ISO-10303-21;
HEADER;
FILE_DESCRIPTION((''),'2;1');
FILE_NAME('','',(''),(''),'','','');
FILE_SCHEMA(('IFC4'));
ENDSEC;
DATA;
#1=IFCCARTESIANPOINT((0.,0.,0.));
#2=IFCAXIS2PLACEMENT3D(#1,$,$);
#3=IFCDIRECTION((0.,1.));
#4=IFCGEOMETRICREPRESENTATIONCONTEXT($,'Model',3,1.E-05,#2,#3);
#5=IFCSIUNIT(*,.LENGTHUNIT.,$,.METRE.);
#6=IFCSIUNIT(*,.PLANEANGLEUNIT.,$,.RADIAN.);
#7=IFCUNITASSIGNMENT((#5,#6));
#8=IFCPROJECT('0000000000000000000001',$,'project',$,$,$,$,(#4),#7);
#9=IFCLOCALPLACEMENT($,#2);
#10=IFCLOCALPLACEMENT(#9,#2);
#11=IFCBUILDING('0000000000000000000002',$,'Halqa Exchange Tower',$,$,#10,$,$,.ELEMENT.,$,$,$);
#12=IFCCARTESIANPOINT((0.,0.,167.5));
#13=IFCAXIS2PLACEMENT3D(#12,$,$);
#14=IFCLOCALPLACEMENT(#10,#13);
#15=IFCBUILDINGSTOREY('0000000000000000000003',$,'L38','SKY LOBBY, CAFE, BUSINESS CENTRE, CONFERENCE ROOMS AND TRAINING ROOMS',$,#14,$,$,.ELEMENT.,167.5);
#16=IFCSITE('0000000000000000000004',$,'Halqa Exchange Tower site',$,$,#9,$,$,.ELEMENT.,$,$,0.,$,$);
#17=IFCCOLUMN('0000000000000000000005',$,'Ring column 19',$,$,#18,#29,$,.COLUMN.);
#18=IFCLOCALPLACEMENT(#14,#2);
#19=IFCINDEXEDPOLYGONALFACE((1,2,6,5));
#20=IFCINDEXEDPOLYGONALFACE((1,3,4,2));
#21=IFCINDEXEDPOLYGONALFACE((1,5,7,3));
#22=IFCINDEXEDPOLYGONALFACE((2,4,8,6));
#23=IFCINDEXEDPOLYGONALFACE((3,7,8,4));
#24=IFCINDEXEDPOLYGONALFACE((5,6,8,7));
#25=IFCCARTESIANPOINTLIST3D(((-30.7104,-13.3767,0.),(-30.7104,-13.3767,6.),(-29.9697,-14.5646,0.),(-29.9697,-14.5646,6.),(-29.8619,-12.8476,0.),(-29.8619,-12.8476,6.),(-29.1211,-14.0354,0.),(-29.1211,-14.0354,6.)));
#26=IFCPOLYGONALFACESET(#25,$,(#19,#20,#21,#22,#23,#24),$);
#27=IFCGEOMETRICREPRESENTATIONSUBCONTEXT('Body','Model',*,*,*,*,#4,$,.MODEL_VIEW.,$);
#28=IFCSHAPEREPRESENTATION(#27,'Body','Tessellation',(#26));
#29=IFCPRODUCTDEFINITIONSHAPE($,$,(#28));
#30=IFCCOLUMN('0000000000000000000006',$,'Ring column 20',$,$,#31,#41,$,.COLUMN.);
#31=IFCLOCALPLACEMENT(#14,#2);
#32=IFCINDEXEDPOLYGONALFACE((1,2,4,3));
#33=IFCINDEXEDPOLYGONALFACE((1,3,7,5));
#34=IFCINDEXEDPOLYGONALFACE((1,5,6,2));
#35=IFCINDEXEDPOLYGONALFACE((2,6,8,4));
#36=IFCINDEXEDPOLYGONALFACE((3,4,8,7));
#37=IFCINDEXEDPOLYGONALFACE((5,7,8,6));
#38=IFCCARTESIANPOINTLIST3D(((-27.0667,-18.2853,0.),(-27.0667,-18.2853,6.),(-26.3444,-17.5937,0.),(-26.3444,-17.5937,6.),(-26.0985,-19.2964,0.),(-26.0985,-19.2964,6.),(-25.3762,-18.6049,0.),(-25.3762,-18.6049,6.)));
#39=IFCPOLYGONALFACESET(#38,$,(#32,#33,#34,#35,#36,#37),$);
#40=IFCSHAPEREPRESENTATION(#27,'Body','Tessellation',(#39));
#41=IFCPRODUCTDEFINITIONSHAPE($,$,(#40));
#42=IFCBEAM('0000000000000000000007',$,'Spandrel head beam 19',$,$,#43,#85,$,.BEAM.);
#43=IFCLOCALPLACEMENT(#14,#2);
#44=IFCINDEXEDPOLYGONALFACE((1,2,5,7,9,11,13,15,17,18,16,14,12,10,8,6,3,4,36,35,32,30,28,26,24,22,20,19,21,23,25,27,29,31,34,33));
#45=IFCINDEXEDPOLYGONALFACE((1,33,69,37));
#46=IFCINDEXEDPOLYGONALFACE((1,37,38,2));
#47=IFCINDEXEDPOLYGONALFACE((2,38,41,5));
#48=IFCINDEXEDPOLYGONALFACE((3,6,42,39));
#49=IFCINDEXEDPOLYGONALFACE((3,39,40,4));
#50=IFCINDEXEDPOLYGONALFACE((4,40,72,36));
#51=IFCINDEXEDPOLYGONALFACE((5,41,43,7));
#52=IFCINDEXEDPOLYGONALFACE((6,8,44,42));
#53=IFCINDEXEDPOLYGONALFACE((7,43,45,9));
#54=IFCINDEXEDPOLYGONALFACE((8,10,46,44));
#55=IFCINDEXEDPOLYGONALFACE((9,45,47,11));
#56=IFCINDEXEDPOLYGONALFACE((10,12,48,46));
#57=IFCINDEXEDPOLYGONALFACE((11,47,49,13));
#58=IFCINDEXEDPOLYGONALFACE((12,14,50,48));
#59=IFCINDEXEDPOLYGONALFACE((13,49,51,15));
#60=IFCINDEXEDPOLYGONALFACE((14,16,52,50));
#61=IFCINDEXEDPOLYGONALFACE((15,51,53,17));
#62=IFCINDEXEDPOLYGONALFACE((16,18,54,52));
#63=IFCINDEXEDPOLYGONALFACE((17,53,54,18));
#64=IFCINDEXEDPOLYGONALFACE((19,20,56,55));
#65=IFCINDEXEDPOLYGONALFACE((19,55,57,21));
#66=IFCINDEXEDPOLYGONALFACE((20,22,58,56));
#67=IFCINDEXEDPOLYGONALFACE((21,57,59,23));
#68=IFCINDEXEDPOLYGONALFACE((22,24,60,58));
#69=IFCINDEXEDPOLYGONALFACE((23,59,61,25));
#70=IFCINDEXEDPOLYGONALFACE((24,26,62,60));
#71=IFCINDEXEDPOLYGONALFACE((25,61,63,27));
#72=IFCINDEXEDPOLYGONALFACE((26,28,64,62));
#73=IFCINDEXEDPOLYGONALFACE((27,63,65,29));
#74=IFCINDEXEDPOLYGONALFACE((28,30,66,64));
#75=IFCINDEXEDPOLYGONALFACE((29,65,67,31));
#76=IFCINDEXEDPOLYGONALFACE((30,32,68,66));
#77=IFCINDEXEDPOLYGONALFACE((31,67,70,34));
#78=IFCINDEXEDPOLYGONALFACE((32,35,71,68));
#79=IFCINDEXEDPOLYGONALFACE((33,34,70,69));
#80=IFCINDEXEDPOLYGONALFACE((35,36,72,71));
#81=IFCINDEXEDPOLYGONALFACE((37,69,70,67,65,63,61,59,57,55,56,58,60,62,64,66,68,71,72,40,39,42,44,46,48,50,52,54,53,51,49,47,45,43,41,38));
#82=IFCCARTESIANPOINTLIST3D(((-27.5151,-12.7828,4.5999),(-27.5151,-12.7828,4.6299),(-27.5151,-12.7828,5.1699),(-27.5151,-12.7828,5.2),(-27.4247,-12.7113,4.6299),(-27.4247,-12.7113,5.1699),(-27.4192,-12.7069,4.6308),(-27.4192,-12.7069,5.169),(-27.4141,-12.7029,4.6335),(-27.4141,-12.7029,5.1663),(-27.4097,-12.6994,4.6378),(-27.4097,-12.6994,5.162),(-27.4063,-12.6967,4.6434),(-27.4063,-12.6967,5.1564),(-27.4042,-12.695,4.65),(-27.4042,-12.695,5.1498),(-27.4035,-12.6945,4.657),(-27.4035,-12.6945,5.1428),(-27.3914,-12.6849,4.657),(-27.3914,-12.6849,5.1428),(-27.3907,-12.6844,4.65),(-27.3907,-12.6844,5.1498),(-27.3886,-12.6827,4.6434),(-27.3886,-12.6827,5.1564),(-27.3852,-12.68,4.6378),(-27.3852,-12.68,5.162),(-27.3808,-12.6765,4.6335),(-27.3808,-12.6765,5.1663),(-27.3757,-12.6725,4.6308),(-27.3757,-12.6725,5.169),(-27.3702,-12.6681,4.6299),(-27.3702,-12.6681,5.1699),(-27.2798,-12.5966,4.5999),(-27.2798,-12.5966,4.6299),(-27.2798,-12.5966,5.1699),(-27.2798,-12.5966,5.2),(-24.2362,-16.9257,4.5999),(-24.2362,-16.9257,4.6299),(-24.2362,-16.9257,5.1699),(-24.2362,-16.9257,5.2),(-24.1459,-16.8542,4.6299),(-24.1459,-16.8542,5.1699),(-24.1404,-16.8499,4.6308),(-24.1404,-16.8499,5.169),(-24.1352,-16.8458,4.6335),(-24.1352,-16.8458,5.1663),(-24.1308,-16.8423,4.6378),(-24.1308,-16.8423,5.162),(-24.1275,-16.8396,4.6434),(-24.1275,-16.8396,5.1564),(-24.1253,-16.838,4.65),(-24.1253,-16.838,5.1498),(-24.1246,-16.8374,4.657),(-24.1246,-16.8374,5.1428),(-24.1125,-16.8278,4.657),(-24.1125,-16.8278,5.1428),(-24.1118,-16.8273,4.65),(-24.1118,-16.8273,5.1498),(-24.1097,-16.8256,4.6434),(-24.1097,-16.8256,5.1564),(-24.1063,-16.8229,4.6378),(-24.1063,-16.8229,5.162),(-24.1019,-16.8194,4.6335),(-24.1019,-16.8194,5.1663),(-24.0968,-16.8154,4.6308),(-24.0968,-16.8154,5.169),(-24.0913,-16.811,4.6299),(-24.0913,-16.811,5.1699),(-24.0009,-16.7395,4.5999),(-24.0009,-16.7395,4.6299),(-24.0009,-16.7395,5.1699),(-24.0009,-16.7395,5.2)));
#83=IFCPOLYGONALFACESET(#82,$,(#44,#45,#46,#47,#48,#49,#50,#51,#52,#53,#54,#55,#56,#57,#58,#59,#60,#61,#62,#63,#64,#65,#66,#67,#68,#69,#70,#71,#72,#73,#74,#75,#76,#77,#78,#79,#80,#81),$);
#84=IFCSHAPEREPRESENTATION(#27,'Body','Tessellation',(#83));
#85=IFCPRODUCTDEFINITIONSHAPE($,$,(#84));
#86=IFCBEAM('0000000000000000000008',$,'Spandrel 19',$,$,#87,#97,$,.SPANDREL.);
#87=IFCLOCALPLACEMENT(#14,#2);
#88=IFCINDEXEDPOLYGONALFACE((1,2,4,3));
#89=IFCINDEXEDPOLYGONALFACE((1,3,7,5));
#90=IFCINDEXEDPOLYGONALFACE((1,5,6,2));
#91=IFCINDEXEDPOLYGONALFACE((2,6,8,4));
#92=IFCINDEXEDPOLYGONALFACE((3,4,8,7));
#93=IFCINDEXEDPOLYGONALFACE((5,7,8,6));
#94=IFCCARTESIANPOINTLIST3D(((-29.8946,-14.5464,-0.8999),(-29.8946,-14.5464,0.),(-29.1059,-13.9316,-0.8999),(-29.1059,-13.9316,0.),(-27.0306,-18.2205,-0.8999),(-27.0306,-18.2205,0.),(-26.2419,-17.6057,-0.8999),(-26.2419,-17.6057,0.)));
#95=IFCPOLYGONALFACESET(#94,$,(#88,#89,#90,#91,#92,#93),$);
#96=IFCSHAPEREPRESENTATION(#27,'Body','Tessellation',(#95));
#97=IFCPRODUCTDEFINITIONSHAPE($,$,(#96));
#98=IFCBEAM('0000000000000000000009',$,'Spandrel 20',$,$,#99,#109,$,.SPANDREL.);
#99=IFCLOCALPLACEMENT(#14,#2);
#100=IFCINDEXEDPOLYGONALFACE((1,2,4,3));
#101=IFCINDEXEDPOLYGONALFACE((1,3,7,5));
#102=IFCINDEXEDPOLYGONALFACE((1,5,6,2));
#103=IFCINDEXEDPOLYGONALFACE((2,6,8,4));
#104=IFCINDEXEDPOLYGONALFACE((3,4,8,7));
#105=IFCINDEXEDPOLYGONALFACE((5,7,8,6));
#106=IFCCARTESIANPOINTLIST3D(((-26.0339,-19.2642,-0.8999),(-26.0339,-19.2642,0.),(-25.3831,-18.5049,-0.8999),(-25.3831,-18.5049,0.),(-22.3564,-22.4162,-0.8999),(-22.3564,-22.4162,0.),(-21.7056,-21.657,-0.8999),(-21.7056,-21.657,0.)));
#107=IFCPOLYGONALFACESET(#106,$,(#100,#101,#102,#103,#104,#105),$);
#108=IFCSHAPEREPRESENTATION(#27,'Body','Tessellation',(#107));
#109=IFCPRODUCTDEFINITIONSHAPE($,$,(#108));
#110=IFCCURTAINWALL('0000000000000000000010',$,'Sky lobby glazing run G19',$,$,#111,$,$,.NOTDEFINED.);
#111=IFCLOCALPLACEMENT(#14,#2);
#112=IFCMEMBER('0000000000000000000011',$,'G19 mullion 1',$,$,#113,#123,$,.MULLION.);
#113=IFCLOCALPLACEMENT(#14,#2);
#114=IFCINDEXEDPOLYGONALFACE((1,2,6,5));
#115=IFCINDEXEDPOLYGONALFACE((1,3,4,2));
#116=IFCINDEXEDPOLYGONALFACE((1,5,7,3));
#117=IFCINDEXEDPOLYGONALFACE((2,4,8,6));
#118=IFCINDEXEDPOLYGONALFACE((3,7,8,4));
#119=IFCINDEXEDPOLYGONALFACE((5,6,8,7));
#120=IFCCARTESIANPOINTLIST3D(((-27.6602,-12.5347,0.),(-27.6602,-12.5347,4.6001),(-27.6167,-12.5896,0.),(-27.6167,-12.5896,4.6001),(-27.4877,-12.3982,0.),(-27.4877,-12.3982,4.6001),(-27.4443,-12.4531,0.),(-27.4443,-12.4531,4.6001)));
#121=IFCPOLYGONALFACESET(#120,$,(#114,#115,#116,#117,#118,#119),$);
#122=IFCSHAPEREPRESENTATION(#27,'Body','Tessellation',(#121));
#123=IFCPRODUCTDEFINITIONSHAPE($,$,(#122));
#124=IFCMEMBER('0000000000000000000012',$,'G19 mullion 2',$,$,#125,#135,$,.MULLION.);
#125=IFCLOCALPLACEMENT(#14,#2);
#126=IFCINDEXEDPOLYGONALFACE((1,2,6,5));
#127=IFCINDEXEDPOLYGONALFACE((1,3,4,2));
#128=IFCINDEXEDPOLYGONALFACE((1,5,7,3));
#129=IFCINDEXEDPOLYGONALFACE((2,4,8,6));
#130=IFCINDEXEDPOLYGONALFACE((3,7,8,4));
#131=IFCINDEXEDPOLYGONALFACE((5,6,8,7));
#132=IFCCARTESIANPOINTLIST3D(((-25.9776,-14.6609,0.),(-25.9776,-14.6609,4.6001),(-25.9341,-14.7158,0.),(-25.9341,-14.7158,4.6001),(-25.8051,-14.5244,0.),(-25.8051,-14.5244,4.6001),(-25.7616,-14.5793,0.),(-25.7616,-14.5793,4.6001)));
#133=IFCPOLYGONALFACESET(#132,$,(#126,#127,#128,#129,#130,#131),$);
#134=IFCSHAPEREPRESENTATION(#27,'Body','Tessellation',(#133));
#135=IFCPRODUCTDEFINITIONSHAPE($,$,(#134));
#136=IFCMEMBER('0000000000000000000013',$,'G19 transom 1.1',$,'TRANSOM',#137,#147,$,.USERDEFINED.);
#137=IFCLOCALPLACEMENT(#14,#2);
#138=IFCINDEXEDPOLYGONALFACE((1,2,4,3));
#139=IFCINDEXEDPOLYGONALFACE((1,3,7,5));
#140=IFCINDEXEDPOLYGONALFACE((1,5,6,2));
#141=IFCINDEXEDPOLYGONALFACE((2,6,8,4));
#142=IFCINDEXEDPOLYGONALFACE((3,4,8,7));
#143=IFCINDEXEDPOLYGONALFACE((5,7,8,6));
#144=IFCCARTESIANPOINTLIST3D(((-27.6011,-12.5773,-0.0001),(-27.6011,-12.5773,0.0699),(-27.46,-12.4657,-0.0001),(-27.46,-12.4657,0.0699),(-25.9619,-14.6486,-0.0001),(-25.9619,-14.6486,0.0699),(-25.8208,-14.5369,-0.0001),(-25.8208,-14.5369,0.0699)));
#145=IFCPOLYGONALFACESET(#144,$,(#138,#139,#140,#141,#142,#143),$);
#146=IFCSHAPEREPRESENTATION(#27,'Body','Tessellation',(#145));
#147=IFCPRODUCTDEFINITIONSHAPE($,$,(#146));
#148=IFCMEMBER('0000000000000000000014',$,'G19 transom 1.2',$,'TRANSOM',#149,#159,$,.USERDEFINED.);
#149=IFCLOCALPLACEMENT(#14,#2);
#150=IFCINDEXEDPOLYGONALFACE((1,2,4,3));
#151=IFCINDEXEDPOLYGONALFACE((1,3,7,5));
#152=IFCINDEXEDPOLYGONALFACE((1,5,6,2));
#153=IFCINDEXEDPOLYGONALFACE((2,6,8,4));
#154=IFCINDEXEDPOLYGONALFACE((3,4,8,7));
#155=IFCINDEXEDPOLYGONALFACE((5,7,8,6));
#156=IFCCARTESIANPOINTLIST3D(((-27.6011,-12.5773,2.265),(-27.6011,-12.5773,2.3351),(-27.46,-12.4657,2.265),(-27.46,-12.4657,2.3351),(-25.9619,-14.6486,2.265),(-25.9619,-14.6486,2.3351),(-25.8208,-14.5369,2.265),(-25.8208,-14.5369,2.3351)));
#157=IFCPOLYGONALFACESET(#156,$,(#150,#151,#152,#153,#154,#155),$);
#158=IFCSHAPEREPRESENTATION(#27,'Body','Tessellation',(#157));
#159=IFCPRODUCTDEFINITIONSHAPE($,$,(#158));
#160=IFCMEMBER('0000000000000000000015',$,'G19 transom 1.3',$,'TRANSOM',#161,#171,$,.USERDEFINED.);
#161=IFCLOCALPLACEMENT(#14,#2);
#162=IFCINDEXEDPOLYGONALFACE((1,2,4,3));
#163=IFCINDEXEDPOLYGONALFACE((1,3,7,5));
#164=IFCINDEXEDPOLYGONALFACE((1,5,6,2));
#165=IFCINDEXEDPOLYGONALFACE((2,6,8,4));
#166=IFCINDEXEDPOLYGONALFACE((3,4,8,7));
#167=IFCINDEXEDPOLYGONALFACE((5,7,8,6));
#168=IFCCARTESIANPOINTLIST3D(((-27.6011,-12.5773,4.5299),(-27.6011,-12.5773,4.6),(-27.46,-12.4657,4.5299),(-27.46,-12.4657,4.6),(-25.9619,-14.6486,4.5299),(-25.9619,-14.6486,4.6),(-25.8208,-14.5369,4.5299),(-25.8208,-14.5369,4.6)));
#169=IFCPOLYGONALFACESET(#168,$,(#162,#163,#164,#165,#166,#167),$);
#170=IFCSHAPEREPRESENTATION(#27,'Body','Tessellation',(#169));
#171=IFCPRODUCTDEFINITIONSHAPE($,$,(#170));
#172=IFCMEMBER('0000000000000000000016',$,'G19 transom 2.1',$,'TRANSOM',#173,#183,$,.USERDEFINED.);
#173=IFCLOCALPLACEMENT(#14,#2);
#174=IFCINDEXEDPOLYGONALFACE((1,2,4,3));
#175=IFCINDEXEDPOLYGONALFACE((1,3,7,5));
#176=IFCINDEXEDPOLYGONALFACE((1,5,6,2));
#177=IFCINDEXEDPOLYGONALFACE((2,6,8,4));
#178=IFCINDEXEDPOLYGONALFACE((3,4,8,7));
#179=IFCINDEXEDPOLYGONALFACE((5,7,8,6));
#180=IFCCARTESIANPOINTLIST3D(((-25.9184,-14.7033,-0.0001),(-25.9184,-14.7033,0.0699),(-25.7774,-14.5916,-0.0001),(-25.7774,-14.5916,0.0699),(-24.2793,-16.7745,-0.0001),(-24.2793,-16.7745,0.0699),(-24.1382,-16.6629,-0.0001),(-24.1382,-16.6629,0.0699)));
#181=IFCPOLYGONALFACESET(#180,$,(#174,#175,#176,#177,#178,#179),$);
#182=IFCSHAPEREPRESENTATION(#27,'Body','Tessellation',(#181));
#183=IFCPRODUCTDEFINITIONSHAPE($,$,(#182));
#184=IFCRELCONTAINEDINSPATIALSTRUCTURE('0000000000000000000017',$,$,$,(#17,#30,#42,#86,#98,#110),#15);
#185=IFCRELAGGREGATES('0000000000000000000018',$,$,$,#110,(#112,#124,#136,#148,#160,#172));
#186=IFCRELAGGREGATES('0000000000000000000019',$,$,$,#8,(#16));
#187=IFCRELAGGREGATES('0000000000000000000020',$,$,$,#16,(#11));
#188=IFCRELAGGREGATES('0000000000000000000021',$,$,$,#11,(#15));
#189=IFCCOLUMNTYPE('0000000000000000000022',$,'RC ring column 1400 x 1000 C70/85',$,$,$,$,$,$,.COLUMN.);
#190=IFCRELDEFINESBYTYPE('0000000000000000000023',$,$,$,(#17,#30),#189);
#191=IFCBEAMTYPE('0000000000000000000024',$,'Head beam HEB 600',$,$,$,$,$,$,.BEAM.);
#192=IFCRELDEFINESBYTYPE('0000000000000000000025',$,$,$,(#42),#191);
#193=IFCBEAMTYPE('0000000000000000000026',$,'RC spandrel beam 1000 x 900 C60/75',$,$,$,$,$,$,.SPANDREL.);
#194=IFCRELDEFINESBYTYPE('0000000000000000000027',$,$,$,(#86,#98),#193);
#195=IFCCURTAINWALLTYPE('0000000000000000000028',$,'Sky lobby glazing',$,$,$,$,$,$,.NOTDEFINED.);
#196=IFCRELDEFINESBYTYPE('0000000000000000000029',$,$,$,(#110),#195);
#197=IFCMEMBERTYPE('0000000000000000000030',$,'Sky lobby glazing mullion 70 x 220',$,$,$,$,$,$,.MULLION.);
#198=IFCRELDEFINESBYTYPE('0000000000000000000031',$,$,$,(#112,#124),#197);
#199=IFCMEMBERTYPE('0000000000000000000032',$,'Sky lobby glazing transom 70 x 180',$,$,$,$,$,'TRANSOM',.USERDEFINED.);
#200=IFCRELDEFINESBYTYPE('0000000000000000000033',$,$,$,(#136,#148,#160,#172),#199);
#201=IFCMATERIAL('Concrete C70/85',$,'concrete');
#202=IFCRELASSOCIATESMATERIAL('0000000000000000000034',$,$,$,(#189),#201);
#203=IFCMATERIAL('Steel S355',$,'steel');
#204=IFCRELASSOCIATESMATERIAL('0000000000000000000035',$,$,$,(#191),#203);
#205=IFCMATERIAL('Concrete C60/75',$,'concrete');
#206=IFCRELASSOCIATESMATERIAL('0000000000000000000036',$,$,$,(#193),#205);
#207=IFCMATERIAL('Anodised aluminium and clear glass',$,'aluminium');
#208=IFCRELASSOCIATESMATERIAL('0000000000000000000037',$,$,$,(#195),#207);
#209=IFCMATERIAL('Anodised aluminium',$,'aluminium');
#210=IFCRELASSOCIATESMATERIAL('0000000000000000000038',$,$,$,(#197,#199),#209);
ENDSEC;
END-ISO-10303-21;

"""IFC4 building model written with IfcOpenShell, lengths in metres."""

from ifc_helpers import new_model, si_unit, direction, frame, origin, origin_2d, place, context, subcontext, project, spatial, rectangle, i_section, extrude, material, material_profile, profile_set, type_object, element, aggregate, save


model = new_model("IFC4")

# Units and contexts
model_context = context("Model", 3, precision=1e-05, world=origin(), true_north=direction((0.0, 1.0)))
body_context = subcontext(model_context, "Body", "Model", "MODEL_VIEW")
ifc_project = project(units=[si_unit("LENGTHUNIT", "METRE"), si_unit("PLANEANGLEUNIT", "RADIAN")], contexts=[model_context])

# Site, building, storey
site_placement = place(None, origin())
site = spatial("IfcSite", under=ifc_project, at=site_placement, Name="Halqa Exchange Tower site", CompositionType="ELEMENT", RefElevation=0.0)
building_placement = place(site_placement, origin())
building = spatial("IfcBuilding", under=site, at=building_placement, Name="Halqa Exchange Tower", CompositionType="ELEMENT")
storey_placement = place(building_placement, frame((0.0, 0.0, 167.5)))
storey = spatial("IfcBuildingStorey", under=building, at=storey_placement, Name="L38", Description="SKY LOBBY, CAFE, BUSINESS CENTRE, CONFERENCE ROOMS AND TRAINING ROOMS", CompositionType="ELEMENT", Elevation=167.5)

# Columns
ifc_material_1 = material(Name="Concrete C70/85", Category="concrete")
ifc_material_profile_1 = material_profile(ifc_material_1, rectangle(XDim=1.3999, YDim=1.0, at=origin_2d()), Name="1400 x 1000")
ifc_profile_set_1 = profile_set([ifc_material_profile_1], Name="Concrete C70/85")
column_type = type_object("IfcColumnType", Name="RC ring column 1400 x 1000 C70/85", PredefinedType="COLUMN", material=ifc_profile_set_1)
for number, where, z_axis, x_axis, name in (
    (1, (-29.9158, -13.7061, 0.0), (0.0, 0.0, 1.0), (0.529143, -0.848532, 0.0), "Ring column 19"),
    (2, (-26.2214, -18.4451, 0.0), (0.0, 0.0, 1.0), (0.691579, -0.722301, 0.0), "Ring column 20"),
):
    element("IfcColumn", number, at=place(storey_placement, frame(where, z_axis=z_axis, x_axis=x_axis)), inside=storey, type_object=column_type, Name=name, PredefinedType="COLUMN", context=body_context, shape_type="SweptSolid", body=[
        extrude(rectangle(XDim=1.3999, YDim=1.0, at=origin_2d()), origin(), (0.0, 0.0, 1.0), 6.0),
    ])

# Beams
ifc_material_2 = material(Name="Steel S355", Category="steel")
ifc_material_profile_2 = material_profile(ifc_material_2, i_section(OverallWidth=0.3, OverallDepth=0.6001, WebThickness=0.0154, FlangeThickness=0.03, FilletRadius=0.0271, at=origin_2d()), Name="HEB 600")
ifc_profile_set_2 = profile_set([ifc_material_profile_2], Name="Steel S355")
beam_type_1 = type_object("IfcBeamType", Name="Head beam HEB 600", PredefinedType="BEAM", material=ifc_profile_set_2)
beam_1_placement = place(storey_placement, frame((-27.3975, -12.6897, 4.8999), z_axis=(0.620595, -0.784131, 0.0), x_axis=(0.784131, 0.620595, 0.0)))
element("IfcBeam", 3, at=beam_1_placement, inside=storey, type_object=beam_type_1, Name="Spandrel head beam 19", PredefinedType="BEAM", context=body_context, shape_type="SweptSolid", body=[
    extrude(i_section(OverallWidth=0.3, OverallDepth=0.6001, WebThickness=0.0154, FlangeThickness=0.03, FilletRadius=0.0271, at=origin_2d()), origin(), (0.0, 0.0, 1.0), 5.2834),
])
ifc_material_3 = material(Name="Concrete C60/75", Category="concrete")
ifc_material_profile_3 = material_profile(ifc_material_3, rectangle(XDim=1.0, YDim=0.8999, at=origin_2d()), Name="1000 x 900")
ifc_profile_set_3 = profile_set([ifc_material_profile_3], Name="Concrete C60/75")
beam_type_2 = type_object("IfcBeamType", Name="RC spandrel beam 1000 x 900 C60/75", PredefinedType="SPANDREL", material=ifc_profile_set_3)
beam_2_placement = place(storey_placement, frame((-29.5002, -14.239, -0.45), z_axis=(0.614797, -0.788686, 0.0), x_axis=(0.788686, 0.614797, 0.0)))
element("IfcBeam", 4, at=beam_2_placement, inside=storey, type_object=beam_type_2, Name="Spandrel 19", PredefinedType="SPANDREL", context=body_context, shape_type="SweptSolid", body=[
    extrude(rectangle(XDim=1.0, YDim=0.8999, at=origin_2d()), origin(), (0.0, 0.0, 1.0), 4.6584),
])
beam_3_placement = place(storey_placement, frame((-25.7085, -18.8845, -0.45), z_axis=(0.75926, -0.650787, 0.0), x_axis=(0.650787, 0.75926, 0.0)))
element("IfcBeam", 5, at=beam_3_placement, inside=storey, type_object=beam_type_2, Name="Spandrel 20", PredefinedType="SPANDREL", context=body_context, shape_type="SweptSolid", body=[
    extrude(rectangle(XDim=1.0, YDim=0.8999, at=origin_2d()), origin(), (0.0, 0.0, 1.0), 4.8435),
])

# Curtain wall, members
ifc_material_4 = material(Name="Anodised aluminium and clear glass", Category="aluminium")
curtain_wall_type = type_object("IfcCurtainWallType", Name="Sky lobby glazing", PredefinedType="NOTDEFINED", material=ifc_material_4)
curtain_wall_placement = place(storey_placement, origin())
curtain_wall = element("IfcCurtainWall", 6, at=curtain_wall_placement, inside=storey, type_object=curtain_wall_type, Name="Sky lobby glazing run G19", PredefinedType="NOTDEFINED")
ifc_material_5 = material(Name="Anodised aluminium", Category="aluminium")
ifc_material_profile_4 = material_profile(ifc_material_5, rectangle(XDim=0.22, YDim=0.0701, at=origin_2d()), Name="AL 70x220")
ifc_profile_set_4 = profile_set([ifc_material_profile_4], Name="Anodised aluminium")
member_type_1 = type_object("IfcMemberType", Name="Sky lobby glazing mullion 70 x 220", PredefinedType="MULLION", material=ifc_profile_set_4)
member_1_placement = place(storey_placement, frame((-27.5522, -12.4939, 0.0), z_axis=(0.0, 0.0, 1.0), x_axis=(0.78414, 0.620584, 0.0)))
member_1 = element("IfcMember", 7, at=member_1_placement, type_object=member_type_1, Name="G19 mullion 1", PredefinedType="MULLION", context=body_context, shape_type="SweptSolid", body=[
    extrude(rectangle(XDim=0.22, YDim=0.0701, at=origin_2d()), origin(), (0.0, 0.0, 1.0), 4.6001),
])
member_2_placement = place(storey_placement, frame((-25.8696, -14.6201, 0.0), z_axis=(0.0, 0.0, 1.0), x_axis=(0.78414, 0.620584, 0.0)))
member_2 = element("IfcMember", 8, at=member_2_placement, type_object=member_type_1, Name="G19 mullion 2", PredefinedType="MULLION", context=body_context, shape_type="SweptSolid", body=[
    extrude(rectangle(XDim=0.22, YDim=0.0701, at=origin_2d()), origin(), (0.0, 0.0, 1.0), 4.6001),
])
ifc_material_profile_5 = material_profile(ifc_material_5, rectangle(XDim=0.1799, YDim=0.0701, at=origin_2d()), Name="AL 70x180")
ifc_profile_set_5 = profile_set([ifc_material_profile_5], Name="Anodised aluminium")
member_type_2 = type_object("IfcMemberType", Name="Sky lobby glazing transom 70 x 180", ElementType="TRANSOM", PredefinedType="USERDEFINED", material=ifc_profile_set_5)
member_3_placement = place(storey_placement, frame((-27.5305, -12.5215, 0.0349), z_axis=(0.620561, -0.784158, 0.0), x_axis=(0.784158, 0.620561, 0.0)))
member_3 = element("IfcMember", 9, at=member_3_placement, type_object=member_type_2, Name="G19 transom 1.1", ObjectType="TRANSOM", PredefinedType="USERDEFINED", context=body_context, shape_type="SweptSolid", body=[
    extrude(rectangle(XDim=0.1799, YDim=0.0701, at=origin_2d()), origin(), (0.0, 0.0, 1.0), 2.6414),
])
member_4_placement = place(storey_placement, frame((-27.5305, -12.5215, 2.3), z_axis=(0.620561, -0.784158, 0.0), x_axis=(0.784158, 0.620561, 0.0)))
member_4 = element("IfcMember", 10, at=member_4_placement, type_object=member_type_2, Name="G19 transom 1.2", ObjectType="TRANSOM", PredefinedType="USERDEFINED", context=body_context, shape_type="SweptSolid", body=[
    extrude(rectangle(XDim=0.1799, YDim=0.0701, at=origin_2d()), origin(), (0.0, 0.0, 1.0), 2.6414),
])
member_5_placement = place(storey_placement, frame((-27.5305, -12.5215, 4.5649), z_axis=(0.620561, -0.784158, 0.0), x_axis=(0.784158, 0.620561, 0.0)))
member_5 = element("IfcMember", 11, at=member_5_placement, type_object=member_type_2, Name="G19 transom 1.3", ObjectType="TRANSOM", PredefinedType="USERDEFINED", context=body_context, shape_type="SweptSolid", body=[
    extrude(rectangle(XDim=0.1799, YDim=0.0701, at=origin_2d()), origin(), (0.0, 0.0, 1.0), 2.6414),
])
member_6_placement = place(storey_placement, frame((-25.8479, -14.6475, 0.0349), z_axis=(0.620561, -0.784158, 0.0), x_axis=(0.784158, 0.620561, 0.0)))
member_6 = element("IfcMember", 12, at=member_6_placement, type_object=member_type_2, Name="G19 transom 2.1", ObjectType="TRANSOM", PredefinedType="USERDEFINED", context=body_context, shape_type="SweptSolid", body=[
    extrude(rectangle(XDim=0.1799, YDim=0.0701, at=origin_2d()), origin(), (0.0, 0.0, 1.0), 2.6414),
])
aggregate(curtain_wall, [member_1, member_2, member_3, member_4, member_5, member_6])

save(model, "model.ifc")
